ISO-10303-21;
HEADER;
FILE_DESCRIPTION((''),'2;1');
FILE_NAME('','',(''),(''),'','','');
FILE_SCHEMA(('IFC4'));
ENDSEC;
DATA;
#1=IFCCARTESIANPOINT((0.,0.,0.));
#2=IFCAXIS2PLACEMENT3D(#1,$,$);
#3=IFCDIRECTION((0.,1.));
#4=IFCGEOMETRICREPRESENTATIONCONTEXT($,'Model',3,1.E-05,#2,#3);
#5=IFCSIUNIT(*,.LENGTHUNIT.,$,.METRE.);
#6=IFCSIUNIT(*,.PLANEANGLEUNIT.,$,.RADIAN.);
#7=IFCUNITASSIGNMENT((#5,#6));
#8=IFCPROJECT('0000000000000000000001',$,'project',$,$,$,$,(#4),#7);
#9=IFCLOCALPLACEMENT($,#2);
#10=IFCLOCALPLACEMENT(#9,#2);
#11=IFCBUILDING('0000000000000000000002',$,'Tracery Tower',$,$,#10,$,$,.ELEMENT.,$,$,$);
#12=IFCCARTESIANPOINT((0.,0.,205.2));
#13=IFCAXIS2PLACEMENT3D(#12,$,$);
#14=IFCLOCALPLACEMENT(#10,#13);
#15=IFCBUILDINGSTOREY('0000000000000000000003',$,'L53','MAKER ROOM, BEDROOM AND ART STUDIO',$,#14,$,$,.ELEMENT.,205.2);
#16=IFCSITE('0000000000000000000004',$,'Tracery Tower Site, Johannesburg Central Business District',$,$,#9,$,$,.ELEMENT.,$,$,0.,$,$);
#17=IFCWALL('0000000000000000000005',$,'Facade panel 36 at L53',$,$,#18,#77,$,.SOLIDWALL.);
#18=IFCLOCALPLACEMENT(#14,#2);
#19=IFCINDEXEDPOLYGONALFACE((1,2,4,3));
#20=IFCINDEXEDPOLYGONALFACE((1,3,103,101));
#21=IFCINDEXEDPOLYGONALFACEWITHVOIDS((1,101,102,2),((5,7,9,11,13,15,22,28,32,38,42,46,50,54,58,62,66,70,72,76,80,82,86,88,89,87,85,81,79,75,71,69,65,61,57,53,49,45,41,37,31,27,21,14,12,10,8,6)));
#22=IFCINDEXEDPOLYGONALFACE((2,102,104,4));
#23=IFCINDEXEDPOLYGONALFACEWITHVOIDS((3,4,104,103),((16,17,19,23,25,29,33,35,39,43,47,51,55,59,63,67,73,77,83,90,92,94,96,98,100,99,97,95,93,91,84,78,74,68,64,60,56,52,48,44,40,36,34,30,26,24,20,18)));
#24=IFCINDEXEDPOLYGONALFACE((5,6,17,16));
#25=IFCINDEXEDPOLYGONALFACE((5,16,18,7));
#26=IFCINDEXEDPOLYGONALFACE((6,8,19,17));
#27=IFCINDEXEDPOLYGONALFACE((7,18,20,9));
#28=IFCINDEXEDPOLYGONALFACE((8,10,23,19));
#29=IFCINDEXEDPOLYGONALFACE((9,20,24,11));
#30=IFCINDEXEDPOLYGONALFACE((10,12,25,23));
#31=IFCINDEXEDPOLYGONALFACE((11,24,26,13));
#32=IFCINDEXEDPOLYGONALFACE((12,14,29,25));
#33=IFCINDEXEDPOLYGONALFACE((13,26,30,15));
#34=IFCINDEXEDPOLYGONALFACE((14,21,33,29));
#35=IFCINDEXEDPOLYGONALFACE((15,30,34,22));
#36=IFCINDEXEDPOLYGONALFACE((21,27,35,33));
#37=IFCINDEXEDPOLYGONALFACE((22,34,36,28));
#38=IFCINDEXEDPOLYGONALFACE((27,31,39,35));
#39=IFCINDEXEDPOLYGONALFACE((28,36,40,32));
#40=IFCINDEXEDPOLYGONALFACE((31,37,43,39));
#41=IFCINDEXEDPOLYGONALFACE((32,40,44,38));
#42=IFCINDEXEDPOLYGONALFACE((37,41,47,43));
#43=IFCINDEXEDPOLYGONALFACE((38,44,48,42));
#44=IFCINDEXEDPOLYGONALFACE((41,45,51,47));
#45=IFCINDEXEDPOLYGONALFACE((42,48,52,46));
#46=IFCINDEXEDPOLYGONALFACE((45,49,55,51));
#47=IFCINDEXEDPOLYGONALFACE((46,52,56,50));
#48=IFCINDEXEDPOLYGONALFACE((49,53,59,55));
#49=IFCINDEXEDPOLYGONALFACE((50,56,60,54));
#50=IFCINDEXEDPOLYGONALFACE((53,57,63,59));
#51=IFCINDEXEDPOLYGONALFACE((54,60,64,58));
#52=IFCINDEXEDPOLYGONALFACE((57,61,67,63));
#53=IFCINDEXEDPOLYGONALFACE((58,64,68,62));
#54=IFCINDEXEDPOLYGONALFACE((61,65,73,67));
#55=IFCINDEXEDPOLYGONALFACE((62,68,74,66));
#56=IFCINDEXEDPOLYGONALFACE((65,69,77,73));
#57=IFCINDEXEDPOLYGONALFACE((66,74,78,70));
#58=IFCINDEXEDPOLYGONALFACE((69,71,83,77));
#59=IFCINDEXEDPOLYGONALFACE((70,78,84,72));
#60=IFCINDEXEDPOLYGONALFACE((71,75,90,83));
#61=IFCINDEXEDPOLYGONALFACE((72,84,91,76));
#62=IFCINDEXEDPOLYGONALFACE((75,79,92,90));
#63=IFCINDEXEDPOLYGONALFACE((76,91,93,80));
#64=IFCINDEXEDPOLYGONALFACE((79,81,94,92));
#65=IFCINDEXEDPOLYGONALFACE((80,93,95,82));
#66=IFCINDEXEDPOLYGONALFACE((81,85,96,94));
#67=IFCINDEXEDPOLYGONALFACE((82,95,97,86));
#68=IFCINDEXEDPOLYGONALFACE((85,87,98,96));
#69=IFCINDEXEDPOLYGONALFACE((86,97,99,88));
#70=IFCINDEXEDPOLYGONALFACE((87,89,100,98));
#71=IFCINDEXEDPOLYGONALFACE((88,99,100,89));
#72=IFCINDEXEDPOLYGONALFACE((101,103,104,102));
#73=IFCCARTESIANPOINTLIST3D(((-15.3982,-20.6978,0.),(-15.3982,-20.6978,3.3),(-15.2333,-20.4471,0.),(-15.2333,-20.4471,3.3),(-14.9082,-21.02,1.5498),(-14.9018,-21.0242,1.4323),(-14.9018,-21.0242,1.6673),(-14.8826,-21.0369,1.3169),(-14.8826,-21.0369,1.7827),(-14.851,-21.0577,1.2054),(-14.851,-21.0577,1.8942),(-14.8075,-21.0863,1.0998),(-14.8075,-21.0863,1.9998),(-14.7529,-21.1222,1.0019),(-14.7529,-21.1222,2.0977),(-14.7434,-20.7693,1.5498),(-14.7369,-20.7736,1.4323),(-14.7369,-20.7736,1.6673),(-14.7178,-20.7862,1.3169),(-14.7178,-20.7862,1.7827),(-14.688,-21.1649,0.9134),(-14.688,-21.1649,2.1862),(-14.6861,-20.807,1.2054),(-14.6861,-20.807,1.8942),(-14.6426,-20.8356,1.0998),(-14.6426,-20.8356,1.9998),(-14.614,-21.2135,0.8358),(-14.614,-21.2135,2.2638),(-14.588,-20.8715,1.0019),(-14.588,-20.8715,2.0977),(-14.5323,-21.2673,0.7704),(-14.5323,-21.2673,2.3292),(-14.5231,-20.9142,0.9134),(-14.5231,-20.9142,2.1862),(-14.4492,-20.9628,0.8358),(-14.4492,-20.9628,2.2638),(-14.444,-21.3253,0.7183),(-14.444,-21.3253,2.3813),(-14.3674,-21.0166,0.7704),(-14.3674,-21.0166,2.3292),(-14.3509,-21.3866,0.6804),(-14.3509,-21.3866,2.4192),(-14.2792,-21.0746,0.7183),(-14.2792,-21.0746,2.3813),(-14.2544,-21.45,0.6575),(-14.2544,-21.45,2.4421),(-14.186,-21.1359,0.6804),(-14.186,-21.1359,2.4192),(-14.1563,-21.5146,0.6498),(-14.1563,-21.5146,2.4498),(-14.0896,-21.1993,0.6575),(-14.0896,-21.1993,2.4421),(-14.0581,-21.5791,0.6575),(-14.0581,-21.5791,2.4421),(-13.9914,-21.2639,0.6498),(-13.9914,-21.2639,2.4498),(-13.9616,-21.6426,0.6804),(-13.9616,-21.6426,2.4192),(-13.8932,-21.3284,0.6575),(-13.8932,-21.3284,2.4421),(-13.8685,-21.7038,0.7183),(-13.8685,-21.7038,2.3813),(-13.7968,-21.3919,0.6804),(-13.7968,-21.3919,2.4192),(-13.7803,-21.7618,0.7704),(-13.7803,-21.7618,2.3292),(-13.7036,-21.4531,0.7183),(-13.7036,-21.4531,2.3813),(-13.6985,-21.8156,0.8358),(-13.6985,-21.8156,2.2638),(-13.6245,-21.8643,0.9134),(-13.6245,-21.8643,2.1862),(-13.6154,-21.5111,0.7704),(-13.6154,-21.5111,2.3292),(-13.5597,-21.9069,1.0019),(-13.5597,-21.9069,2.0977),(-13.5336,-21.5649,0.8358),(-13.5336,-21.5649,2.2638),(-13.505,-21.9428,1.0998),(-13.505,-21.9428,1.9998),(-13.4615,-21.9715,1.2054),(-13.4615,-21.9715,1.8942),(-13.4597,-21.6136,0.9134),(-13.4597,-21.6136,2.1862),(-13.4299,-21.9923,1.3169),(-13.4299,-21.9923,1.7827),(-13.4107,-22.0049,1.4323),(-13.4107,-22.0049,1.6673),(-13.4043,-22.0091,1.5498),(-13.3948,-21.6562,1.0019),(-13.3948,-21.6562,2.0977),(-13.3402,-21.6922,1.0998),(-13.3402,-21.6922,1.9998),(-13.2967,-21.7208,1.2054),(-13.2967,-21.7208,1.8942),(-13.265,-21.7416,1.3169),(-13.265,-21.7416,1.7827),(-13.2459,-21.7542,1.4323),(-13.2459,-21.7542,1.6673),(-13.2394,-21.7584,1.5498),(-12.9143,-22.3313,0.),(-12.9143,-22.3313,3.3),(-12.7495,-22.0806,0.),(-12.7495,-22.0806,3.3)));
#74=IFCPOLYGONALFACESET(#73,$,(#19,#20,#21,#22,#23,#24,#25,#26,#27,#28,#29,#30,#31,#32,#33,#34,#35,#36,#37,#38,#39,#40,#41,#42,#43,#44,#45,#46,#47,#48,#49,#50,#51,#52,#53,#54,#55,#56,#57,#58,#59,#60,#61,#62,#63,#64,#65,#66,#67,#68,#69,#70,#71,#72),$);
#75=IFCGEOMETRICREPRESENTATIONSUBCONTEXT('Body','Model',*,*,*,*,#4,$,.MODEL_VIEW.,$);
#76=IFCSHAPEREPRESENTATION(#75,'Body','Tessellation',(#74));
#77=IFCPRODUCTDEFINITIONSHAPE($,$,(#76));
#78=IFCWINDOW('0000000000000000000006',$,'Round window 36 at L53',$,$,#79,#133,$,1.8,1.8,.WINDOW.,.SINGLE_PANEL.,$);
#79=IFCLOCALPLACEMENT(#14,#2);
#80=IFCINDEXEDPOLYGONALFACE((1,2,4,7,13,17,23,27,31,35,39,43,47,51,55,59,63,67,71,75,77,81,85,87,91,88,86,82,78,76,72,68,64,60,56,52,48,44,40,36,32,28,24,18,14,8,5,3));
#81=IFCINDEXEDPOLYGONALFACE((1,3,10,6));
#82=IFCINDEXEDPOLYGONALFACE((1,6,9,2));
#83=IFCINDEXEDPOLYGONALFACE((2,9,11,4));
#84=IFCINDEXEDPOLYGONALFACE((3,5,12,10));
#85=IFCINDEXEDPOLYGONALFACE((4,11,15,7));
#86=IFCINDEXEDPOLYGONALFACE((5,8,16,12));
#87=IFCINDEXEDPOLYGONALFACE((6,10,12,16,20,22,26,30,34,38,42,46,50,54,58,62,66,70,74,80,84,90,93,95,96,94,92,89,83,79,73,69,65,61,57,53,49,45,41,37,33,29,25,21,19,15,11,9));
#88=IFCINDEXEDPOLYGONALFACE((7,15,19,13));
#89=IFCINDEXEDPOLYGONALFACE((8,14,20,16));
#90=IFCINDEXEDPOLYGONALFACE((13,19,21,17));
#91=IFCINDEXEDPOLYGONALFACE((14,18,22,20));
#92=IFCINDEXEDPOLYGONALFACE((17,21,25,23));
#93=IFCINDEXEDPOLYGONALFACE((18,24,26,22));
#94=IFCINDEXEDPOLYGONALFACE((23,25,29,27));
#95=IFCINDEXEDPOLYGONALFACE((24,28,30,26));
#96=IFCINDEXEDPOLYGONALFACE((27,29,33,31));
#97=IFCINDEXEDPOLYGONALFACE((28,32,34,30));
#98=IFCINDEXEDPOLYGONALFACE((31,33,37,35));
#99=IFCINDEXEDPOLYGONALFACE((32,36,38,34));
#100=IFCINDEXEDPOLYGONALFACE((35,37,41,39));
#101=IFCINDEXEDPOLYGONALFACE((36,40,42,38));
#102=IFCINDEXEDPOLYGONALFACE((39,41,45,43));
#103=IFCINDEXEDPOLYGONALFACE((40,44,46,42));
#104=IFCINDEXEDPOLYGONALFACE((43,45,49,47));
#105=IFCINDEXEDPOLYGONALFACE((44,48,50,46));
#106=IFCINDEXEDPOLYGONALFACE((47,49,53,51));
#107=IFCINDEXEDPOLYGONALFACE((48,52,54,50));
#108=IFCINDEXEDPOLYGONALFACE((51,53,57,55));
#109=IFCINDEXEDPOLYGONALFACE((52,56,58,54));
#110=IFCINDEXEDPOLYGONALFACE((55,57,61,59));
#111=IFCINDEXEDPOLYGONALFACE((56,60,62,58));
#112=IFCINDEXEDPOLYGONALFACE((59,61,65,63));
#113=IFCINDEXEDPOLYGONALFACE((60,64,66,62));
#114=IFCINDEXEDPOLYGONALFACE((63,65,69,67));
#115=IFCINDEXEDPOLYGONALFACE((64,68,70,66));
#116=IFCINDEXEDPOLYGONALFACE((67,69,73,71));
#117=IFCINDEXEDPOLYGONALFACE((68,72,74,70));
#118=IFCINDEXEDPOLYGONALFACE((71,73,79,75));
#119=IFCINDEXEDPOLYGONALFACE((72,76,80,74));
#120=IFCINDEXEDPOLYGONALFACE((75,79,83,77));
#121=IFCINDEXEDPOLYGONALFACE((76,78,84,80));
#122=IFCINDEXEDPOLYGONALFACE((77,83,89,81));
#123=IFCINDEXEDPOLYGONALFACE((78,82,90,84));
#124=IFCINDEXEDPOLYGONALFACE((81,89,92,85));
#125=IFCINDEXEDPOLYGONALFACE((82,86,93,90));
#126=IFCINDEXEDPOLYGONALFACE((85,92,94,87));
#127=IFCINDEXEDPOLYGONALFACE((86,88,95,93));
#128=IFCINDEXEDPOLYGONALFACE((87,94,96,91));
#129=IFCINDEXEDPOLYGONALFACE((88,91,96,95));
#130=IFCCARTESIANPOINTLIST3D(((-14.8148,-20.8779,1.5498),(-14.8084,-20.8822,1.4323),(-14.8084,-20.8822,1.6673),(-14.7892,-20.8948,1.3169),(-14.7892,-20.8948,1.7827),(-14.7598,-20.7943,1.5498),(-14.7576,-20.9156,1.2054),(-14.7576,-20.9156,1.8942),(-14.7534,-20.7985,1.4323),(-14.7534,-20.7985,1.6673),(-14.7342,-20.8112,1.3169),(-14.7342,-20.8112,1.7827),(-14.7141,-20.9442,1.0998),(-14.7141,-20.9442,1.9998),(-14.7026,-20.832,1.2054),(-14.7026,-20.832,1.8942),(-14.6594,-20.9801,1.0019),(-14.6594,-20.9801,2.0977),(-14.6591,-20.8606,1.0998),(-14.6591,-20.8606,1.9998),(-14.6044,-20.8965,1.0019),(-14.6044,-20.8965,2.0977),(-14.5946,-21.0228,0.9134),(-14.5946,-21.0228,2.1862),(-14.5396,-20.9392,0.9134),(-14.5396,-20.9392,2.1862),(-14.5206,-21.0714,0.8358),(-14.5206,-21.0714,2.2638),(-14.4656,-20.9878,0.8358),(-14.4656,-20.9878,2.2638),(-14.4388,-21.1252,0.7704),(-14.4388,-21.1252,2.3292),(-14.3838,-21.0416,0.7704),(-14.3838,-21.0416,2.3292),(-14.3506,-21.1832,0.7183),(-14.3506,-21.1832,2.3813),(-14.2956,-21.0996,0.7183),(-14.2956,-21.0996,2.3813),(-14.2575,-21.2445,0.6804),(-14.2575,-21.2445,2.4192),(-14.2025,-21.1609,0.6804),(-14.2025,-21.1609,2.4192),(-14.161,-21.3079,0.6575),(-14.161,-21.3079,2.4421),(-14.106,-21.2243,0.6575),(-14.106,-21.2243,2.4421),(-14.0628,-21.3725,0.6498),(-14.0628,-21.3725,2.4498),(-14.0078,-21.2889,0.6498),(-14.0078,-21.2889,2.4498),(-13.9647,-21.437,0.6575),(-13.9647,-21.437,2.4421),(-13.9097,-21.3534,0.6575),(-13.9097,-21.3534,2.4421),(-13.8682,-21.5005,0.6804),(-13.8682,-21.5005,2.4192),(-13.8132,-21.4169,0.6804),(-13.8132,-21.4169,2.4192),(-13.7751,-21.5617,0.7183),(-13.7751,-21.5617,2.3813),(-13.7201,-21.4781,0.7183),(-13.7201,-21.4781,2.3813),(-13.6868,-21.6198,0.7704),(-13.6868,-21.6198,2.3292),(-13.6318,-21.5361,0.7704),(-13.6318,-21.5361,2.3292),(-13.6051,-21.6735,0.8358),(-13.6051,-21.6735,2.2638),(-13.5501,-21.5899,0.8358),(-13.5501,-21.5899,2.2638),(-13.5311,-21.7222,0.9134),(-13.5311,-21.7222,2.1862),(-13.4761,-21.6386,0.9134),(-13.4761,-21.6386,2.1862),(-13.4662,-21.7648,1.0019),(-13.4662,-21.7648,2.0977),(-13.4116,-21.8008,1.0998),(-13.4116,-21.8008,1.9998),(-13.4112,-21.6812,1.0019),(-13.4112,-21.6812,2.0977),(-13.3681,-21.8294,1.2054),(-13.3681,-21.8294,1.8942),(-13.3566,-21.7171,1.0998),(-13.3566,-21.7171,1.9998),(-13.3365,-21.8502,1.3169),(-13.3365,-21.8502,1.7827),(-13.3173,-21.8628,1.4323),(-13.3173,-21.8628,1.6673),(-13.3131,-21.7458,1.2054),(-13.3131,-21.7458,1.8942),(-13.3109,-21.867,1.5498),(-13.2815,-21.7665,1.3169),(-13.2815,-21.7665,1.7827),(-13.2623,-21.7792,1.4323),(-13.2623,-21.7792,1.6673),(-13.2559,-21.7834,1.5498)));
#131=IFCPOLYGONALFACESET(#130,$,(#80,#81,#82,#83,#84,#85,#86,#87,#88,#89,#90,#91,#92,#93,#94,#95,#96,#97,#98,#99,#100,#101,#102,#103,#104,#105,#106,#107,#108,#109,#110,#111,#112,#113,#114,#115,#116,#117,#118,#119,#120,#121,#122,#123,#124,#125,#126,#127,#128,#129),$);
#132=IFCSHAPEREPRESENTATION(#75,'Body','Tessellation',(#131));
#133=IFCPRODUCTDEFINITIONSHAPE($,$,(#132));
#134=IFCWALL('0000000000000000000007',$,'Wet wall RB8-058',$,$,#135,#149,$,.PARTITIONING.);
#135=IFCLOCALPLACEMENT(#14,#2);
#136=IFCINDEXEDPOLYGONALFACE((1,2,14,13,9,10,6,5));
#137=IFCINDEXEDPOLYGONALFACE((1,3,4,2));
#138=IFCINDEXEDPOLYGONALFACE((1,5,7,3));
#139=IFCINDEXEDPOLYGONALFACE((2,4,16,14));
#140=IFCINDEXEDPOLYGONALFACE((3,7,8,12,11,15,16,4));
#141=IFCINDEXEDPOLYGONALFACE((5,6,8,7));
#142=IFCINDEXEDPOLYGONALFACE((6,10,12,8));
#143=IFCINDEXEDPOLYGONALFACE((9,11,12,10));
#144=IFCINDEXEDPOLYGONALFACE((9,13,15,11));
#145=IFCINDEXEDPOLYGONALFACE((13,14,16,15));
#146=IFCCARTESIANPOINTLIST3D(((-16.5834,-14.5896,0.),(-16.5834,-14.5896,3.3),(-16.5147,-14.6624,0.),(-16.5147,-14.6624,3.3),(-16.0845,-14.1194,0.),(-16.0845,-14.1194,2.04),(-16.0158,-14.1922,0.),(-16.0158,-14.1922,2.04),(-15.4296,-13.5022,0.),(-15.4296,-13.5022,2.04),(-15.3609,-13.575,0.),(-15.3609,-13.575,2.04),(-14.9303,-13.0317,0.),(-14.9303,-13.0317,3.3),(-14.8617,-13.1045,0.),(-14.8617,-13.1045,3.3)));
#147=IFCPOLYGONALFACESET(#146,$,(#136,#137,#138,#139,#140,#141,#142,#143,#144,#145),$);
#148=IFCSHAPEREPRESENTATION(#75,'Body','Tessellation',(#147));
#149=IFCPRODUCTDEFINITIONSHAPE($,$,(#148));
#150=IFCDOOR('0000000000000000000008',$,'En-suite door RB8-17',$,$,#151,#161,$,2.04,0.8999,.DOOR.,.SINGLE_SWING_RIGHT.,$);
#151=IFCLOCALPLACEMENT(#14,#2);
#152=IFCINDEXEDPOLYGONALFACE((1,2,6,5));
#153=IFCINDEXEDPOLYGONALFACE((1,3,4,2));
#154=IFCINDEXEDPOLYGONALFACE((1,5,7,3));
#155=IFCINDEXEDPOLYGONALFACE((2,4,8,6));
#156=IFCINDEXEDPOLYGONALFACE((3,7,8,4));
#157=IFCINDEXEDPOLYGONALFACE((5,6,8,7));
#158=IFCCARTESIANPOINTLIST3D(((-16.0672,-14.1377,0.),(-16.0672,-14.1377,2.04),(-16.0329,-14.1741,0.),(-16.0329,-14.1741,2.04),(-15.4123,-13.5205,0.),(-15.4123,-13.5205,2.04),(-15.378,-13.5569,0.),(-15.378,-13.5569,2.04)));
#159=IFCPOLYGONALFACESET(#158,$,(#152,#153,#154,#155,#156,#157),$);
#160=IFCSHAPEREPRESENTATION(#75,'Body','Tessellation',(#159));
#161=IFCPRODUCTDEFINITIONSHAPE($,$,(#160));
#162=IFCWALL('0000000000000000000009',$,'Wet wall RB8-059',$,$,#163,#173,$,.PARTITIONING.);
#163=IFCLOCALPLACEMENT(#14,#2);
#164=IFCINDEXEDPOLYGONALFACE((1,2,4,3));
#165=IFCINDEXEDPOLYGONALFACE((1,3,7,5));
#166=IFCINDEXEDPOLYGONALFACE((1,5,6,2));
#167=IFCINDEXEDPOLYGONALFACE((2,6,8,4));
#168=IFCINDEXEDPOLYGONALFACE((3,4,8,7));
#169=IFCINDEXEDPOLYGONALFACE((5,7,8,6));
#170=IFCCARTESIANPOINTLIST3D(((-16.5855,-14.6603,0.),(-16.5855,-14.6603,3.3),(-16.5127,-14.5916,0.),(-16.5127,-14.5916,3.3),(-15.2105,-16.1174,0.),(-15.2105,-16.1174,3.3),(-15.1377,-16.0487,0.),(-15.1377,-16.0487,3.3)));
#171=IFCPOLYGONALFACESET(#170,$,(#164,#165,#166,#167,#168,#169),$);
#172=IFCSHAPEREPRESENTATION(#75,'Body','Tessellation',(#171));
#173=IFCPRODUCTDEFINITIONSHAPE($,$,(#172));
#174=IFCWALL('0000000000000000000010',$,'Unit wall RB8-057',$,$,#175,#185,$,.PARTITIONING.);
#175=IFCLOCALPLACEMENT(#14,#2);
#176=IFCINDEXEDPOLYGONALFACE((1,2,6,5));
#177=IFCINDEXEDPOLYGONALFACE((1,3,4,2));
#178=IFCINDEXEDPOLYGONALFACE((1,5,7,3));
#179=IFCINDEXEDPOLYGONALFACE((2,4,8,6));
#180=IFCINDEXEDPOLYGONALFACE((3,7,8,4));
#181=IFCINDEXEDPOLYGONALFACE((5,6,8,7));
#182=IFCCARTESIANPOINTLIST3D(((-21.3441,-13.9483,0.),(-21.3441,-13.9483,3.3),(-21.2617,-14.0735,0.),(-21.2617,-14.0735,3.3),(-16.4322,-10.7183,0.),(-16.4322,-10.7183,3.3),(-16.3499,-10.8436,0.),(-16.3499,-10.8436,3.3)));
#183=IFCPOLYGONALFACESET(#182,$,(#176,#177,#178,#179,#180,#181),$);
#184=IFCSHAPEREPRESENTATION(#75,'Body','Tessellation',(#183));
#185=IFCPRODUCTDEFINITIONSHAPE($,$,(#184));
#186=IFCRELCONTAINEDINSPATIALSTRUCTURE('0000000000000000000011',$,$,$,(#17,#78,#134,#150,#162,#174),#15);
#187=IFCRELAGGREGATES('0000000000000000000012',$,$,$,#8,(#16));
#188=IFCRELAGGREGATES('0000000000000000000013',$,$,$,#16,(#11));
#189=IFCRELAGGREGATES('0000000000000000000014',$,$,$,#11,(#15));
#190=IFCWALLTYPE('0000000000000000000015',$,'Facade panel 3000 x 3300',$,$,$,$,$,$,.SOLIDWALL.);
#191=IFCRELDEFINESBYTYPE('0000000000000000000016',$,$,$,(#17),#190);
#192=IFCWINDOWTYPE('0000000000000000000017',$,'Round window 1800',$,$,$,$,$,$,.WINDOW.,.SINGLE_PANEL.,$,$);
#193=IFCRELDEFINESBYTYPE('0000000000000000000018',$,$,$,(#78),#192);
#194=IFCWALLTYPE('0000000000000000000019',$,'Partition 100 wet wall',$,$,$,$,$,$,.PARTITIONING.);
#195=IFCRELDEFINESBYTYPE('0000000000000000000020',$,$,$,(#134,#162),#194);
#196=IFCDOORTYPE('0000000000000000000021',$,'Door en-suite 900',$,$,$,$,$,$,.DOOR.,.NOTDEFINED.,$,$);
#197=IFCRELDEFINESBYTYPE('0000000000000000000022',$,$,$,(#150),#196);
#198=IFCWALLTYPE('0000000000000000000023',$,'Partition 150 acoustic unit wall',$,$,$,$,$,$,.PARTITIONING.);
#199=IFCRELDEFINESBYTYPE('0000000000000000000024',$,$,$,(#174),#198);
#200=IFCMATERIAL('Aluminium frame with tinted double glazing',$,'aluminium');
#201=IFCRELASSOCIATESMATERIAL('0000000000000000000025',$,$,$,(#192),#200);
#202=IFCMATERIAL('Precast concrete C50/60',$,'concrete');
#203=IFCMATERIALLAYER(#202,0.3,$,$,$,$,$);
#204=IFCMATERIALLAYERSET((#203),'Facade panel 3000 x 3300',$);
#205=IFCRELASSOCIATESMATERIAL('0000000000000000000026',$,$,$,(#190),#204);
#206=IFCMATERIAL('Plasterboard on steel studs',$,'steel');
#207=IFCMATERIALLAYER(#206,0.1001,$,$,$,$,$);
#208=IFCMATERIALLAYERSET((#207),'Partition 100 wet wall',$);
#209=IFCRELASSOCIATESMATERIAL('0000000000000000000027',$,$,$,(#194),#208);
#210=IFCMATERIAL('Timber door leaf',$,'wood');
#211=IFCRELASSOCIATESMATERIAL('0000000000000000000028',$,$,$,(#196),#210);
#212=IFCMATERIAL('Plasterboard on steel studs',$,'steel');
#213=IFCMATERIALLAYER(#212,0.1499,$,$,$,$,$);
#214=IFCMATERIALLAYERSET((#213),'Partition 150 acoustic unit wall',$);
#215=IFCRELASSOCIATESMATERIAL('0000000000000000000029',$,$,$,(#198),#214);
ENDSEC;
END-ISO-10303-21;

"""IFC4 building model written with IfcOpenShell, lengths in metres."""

from ifc_helpers import new_model, si_unit, direction, frame, frame_2d, origin, origin_2d, place, context, subcontext, project, spatial, rectangle, circle, extrude, material, layer, layer_set, type_object, element, fill, save


model = new_model("IFC4")

# Units and contexts
model_context = context("Model", 3, precision=1e-05, world=origin(), true_north=direction((0.0, 1.0)))
body_context = subcontext(model_context, "Body", "Model", "MODEL_VIEW")
ifc_project = project(units=[si_unit("LENGTHUNIT", "METRE"), si_unit("PLANEANGLEUNIT", "RADIAN")], contexts=[model_context])

# Site, building, storey
site_placement = place(None, origin())
site = spatial("IfcSite", under=ifc_project, at=site_placement, Name="Tracery Tower Site, Johannesburg Central Business District", CompositionType="ELEMENT", RefElevation=0.0)
building_placement = place(site_placement, origin())
building = spatial("IfcBuilding", under=site, at=building_placement, Name="Tracery Tower", CompositionType="ELEMENT")
storey_placement = place(building_placement, frame((0.0, 0.0, 205.2)))
storey = spatial("IfcBuildingStorey", under=building, at=storey_placement, Name="L53", Description="MAKER ROOM, BEDROOM AND ART STUDIO", CompositionType="ELEMENT", Elevation=205.2)

# Wall, opening, window
ifc_material_1 = material(Name="Aluminium frame with tinted double glazing", Category="aluminium")
window_type = type_object("IfcWindowType", Name="Round window 1800", PartitioningType="SINGLE_PANEL", PredefinedType="WINDOW", material=ifc_material_1)
ifc_material_2 = material(Name="Precast concrete C50/60", Category="concrete")
ifc_layer_1 = layer(ifc_material_2, 0.3)
ifc_layer_set_1 = layer_set([ifc_layer_1], Name="Facade panel 3000 x 3300")
wall_type_1 = type_object("IfcWallType", Name="Facade panel 3000 x 3300", PredefinedType="SOLIDWALL", material=ifc_layer_set_1)
wall_1_placement = place(storey_placement, frame((-15.3157, -20.5725, 0.0), z_axis=(0.0, 0.0, 1.0), x_axis=(0.835508, -0.549478, 0.0)))
wall_1 = element("IfcWall", 1, at=wall_1_placement, inside=storey, type_object=wall_type_1, Name="Facade panel 36 at L53", PredefinedType="SOLIDWALL", context=body_context, shape_type="SweptSolid", body=[
    extrude(rectangle(XDim=2.9729, YDim=0.3, at=frame_2d((1.4863, 0.0))), origin(), (0.0, 0.0, 1.0), 3.3),
])
opening_1_placement = place(wall_1_placement, frame((1.4863, 0.0, 1.5498)))
opening_1 = element("IfcOpeningElement", 2, at=opening_1_placement, cuts=wall_1, PredefinedType="OPENING", context=body_context, shape_type="SweptSolid", body=[
    extrude(circle(Radius=0.9, at=origin_2d()), frame((0.0, 0.1599, 0.0), z_axis=(0.0, -1.0, 0.0), x_axis=(1.0, 0.0, 0.0)), (0.0, 0.0, 1.0), 0.3201),
])
window_1_placement = place(opening_1_placement, origin())
window_1 = element("IfcWindow", 3, at=window_1_placement, inside=storey, type_object=window_type, Name="Round window 36 at L53", OverallHeight=1.8, OverallWidth=1.8, PartitioningType="SINGLE_PANEL", PredefinedType="WINDOW", context=body_context, shape_type="SweptSolid", body=[
    extrude(circle(Radius=0.9, at=origin_2d()), frame((0.0, 0.1201, 0.0), z_axis=(0.0, -1.0, 0.0), x_axis=(1.0, 0.0, 0.0)), (0.0, 0.0, 1.0), 0.1001),
])
fill(opening_1, window_1)

# Wall, opening, door
ifc_material_3 = material(Name="Plasterboard on steel studs", Category="steel")
ifc_layer_2 = layer(ifc_material_3, 0.1001)
ifc_layer_set_2 = layer_set([ifc_layer_2], Name="Partition 100 wet wall")
wall_type_2 = type_object("IfcWallType", Name="Partition 100 wet wall", PredefinedType="PARTITIONING", material=ifc_layer_set_2)
wall_2_placement = place(storey_placement, frame((-16.5491, -14.626, 0.0), z_axis=(0.0, 0.0, 1.0), x_axis=(0.727755, 0.685837, 0.0)))
wall_2 = element("IfcWall", 4, at=wall_2_placement, inside=storey, type_object=wall_type_2, Name="Wet wall RB8-058", PredefinedType="PARTITIONING", context=body_context, shape_type="SweptSolid", body=[
    extrude(rectangle(XDim=2.2715, YDim=0.1001, at=frame_2d((1.1357, 0.0))), origin(), (0.0, 0.0, 1.0), 3.3),
])
opening_2_placement = place(wall_2_placement, frame((0.6855, 0.0, 0.0)))
opening_2 = element("IfcOpeningElement", 5, at=opening_2_placement, cuts=wall_2, PredefinedType="OPENING", context=body_context, shape_type="SweptSolid", body=[
    extrude(rectangle(XDim=0.8999, YDim=2.04, at=frame_2d((0.45, 1.02))), frame((0.0, 0.05, 0.0), z_axis=(0.0, -1.0, 0.0), x_axis=(1.0, 0.0, 0.0)), (0.0, 0.0, 1.0), 0.1001),
])
ifc_material_4 = material(Name="Timber door leaf", Category="wood")
door_type = type_object("IfcDoorType", Name="Door en-suite 900", OperationType="NOTDEFINED", PredefinedType="DOOR", material=ifc_material_4)
door_placement = place(opening_2_placement, origin())
door = element("IfcDoor", 6, at=door_placement, inside=storey, type_object=door_type, Name="En-suite door RB8-17", OperationType="SINGLE_SWING_RIGHT", OverallHeight=2.04, OverallWidth=0.8999, PredefinedType="DOOR", context=body_context, shape_type="SweptSolid", body=[
    extrude(rectangle(XDim=0.8999, YDim=2.04, at=frame_2d((0.45, 1.02))), frame((0.0, 0.0249, 0.0), z_axis=(0.0, -1.0, 0.0), x_axis=(1.0, 0.0, 0.0)), (0.0, 0.0, 1.0), 0.05),
])
fill(opening_2, door)

# Walls
wall_3_placement = place(storey_placement, frame((-16.5491, -14.626, 0.0), z_axis=(0.0, 0.0, 1.0), x_axis=(0.686337, -0.727283, 0.0)))
element("IfcWall", 7, at=wall_3_placement, inside=storey, type_object=wall_type_2, Name="Wet wall RB8-059", PredefinedType="PARTITIONING", context=body_context, shape_type="SweptSolid", body=[
    extrude(rectangle(XDim=2.0034, YDim=0.1001, at=frame_2d((1.0017, 0.0))), origin(), (0.0, 0.0, 1.0), 3.3),
])
ifc_material_5 = material(Name="Plasterboard on steel studs", Category="steel")
ifc_layer_3 = layer(ifc_material_5, 0.1499)
ifc_layer_set_3 = layer_set([ifc_layer_3], Name="Partition 150 acoustic unit wall")
wall_type_3 = type_object("IfcWallType", Name="Partition 150 acoustic unit wall", PredefinedType="PARTITIONING", material=ifc_layer_set_3)
wall_4_placement = place(storey_placement, frame((-21.303, -14.011, 0.0), z_axis=(0.0, 0.0, 1.0), x_axis=(0.835535, 0.549437, 0.0)))
element("IfcWall", 8, at=wall_4_placement, inside=storey, type_object=wall_type_3, Name="Unit wall RB8-057", PredefinedType="PARTITIONING", context=body_context, shape_type="SweptSolid", body=[
    extrude(rectangle(XDim=5.8787, YDim=0.1499, at=frame_2d((2.9395, 0.0))), origin(), (0.0, 0.0, 1.0), 3.3),
])

save(model, "model.ifc")
